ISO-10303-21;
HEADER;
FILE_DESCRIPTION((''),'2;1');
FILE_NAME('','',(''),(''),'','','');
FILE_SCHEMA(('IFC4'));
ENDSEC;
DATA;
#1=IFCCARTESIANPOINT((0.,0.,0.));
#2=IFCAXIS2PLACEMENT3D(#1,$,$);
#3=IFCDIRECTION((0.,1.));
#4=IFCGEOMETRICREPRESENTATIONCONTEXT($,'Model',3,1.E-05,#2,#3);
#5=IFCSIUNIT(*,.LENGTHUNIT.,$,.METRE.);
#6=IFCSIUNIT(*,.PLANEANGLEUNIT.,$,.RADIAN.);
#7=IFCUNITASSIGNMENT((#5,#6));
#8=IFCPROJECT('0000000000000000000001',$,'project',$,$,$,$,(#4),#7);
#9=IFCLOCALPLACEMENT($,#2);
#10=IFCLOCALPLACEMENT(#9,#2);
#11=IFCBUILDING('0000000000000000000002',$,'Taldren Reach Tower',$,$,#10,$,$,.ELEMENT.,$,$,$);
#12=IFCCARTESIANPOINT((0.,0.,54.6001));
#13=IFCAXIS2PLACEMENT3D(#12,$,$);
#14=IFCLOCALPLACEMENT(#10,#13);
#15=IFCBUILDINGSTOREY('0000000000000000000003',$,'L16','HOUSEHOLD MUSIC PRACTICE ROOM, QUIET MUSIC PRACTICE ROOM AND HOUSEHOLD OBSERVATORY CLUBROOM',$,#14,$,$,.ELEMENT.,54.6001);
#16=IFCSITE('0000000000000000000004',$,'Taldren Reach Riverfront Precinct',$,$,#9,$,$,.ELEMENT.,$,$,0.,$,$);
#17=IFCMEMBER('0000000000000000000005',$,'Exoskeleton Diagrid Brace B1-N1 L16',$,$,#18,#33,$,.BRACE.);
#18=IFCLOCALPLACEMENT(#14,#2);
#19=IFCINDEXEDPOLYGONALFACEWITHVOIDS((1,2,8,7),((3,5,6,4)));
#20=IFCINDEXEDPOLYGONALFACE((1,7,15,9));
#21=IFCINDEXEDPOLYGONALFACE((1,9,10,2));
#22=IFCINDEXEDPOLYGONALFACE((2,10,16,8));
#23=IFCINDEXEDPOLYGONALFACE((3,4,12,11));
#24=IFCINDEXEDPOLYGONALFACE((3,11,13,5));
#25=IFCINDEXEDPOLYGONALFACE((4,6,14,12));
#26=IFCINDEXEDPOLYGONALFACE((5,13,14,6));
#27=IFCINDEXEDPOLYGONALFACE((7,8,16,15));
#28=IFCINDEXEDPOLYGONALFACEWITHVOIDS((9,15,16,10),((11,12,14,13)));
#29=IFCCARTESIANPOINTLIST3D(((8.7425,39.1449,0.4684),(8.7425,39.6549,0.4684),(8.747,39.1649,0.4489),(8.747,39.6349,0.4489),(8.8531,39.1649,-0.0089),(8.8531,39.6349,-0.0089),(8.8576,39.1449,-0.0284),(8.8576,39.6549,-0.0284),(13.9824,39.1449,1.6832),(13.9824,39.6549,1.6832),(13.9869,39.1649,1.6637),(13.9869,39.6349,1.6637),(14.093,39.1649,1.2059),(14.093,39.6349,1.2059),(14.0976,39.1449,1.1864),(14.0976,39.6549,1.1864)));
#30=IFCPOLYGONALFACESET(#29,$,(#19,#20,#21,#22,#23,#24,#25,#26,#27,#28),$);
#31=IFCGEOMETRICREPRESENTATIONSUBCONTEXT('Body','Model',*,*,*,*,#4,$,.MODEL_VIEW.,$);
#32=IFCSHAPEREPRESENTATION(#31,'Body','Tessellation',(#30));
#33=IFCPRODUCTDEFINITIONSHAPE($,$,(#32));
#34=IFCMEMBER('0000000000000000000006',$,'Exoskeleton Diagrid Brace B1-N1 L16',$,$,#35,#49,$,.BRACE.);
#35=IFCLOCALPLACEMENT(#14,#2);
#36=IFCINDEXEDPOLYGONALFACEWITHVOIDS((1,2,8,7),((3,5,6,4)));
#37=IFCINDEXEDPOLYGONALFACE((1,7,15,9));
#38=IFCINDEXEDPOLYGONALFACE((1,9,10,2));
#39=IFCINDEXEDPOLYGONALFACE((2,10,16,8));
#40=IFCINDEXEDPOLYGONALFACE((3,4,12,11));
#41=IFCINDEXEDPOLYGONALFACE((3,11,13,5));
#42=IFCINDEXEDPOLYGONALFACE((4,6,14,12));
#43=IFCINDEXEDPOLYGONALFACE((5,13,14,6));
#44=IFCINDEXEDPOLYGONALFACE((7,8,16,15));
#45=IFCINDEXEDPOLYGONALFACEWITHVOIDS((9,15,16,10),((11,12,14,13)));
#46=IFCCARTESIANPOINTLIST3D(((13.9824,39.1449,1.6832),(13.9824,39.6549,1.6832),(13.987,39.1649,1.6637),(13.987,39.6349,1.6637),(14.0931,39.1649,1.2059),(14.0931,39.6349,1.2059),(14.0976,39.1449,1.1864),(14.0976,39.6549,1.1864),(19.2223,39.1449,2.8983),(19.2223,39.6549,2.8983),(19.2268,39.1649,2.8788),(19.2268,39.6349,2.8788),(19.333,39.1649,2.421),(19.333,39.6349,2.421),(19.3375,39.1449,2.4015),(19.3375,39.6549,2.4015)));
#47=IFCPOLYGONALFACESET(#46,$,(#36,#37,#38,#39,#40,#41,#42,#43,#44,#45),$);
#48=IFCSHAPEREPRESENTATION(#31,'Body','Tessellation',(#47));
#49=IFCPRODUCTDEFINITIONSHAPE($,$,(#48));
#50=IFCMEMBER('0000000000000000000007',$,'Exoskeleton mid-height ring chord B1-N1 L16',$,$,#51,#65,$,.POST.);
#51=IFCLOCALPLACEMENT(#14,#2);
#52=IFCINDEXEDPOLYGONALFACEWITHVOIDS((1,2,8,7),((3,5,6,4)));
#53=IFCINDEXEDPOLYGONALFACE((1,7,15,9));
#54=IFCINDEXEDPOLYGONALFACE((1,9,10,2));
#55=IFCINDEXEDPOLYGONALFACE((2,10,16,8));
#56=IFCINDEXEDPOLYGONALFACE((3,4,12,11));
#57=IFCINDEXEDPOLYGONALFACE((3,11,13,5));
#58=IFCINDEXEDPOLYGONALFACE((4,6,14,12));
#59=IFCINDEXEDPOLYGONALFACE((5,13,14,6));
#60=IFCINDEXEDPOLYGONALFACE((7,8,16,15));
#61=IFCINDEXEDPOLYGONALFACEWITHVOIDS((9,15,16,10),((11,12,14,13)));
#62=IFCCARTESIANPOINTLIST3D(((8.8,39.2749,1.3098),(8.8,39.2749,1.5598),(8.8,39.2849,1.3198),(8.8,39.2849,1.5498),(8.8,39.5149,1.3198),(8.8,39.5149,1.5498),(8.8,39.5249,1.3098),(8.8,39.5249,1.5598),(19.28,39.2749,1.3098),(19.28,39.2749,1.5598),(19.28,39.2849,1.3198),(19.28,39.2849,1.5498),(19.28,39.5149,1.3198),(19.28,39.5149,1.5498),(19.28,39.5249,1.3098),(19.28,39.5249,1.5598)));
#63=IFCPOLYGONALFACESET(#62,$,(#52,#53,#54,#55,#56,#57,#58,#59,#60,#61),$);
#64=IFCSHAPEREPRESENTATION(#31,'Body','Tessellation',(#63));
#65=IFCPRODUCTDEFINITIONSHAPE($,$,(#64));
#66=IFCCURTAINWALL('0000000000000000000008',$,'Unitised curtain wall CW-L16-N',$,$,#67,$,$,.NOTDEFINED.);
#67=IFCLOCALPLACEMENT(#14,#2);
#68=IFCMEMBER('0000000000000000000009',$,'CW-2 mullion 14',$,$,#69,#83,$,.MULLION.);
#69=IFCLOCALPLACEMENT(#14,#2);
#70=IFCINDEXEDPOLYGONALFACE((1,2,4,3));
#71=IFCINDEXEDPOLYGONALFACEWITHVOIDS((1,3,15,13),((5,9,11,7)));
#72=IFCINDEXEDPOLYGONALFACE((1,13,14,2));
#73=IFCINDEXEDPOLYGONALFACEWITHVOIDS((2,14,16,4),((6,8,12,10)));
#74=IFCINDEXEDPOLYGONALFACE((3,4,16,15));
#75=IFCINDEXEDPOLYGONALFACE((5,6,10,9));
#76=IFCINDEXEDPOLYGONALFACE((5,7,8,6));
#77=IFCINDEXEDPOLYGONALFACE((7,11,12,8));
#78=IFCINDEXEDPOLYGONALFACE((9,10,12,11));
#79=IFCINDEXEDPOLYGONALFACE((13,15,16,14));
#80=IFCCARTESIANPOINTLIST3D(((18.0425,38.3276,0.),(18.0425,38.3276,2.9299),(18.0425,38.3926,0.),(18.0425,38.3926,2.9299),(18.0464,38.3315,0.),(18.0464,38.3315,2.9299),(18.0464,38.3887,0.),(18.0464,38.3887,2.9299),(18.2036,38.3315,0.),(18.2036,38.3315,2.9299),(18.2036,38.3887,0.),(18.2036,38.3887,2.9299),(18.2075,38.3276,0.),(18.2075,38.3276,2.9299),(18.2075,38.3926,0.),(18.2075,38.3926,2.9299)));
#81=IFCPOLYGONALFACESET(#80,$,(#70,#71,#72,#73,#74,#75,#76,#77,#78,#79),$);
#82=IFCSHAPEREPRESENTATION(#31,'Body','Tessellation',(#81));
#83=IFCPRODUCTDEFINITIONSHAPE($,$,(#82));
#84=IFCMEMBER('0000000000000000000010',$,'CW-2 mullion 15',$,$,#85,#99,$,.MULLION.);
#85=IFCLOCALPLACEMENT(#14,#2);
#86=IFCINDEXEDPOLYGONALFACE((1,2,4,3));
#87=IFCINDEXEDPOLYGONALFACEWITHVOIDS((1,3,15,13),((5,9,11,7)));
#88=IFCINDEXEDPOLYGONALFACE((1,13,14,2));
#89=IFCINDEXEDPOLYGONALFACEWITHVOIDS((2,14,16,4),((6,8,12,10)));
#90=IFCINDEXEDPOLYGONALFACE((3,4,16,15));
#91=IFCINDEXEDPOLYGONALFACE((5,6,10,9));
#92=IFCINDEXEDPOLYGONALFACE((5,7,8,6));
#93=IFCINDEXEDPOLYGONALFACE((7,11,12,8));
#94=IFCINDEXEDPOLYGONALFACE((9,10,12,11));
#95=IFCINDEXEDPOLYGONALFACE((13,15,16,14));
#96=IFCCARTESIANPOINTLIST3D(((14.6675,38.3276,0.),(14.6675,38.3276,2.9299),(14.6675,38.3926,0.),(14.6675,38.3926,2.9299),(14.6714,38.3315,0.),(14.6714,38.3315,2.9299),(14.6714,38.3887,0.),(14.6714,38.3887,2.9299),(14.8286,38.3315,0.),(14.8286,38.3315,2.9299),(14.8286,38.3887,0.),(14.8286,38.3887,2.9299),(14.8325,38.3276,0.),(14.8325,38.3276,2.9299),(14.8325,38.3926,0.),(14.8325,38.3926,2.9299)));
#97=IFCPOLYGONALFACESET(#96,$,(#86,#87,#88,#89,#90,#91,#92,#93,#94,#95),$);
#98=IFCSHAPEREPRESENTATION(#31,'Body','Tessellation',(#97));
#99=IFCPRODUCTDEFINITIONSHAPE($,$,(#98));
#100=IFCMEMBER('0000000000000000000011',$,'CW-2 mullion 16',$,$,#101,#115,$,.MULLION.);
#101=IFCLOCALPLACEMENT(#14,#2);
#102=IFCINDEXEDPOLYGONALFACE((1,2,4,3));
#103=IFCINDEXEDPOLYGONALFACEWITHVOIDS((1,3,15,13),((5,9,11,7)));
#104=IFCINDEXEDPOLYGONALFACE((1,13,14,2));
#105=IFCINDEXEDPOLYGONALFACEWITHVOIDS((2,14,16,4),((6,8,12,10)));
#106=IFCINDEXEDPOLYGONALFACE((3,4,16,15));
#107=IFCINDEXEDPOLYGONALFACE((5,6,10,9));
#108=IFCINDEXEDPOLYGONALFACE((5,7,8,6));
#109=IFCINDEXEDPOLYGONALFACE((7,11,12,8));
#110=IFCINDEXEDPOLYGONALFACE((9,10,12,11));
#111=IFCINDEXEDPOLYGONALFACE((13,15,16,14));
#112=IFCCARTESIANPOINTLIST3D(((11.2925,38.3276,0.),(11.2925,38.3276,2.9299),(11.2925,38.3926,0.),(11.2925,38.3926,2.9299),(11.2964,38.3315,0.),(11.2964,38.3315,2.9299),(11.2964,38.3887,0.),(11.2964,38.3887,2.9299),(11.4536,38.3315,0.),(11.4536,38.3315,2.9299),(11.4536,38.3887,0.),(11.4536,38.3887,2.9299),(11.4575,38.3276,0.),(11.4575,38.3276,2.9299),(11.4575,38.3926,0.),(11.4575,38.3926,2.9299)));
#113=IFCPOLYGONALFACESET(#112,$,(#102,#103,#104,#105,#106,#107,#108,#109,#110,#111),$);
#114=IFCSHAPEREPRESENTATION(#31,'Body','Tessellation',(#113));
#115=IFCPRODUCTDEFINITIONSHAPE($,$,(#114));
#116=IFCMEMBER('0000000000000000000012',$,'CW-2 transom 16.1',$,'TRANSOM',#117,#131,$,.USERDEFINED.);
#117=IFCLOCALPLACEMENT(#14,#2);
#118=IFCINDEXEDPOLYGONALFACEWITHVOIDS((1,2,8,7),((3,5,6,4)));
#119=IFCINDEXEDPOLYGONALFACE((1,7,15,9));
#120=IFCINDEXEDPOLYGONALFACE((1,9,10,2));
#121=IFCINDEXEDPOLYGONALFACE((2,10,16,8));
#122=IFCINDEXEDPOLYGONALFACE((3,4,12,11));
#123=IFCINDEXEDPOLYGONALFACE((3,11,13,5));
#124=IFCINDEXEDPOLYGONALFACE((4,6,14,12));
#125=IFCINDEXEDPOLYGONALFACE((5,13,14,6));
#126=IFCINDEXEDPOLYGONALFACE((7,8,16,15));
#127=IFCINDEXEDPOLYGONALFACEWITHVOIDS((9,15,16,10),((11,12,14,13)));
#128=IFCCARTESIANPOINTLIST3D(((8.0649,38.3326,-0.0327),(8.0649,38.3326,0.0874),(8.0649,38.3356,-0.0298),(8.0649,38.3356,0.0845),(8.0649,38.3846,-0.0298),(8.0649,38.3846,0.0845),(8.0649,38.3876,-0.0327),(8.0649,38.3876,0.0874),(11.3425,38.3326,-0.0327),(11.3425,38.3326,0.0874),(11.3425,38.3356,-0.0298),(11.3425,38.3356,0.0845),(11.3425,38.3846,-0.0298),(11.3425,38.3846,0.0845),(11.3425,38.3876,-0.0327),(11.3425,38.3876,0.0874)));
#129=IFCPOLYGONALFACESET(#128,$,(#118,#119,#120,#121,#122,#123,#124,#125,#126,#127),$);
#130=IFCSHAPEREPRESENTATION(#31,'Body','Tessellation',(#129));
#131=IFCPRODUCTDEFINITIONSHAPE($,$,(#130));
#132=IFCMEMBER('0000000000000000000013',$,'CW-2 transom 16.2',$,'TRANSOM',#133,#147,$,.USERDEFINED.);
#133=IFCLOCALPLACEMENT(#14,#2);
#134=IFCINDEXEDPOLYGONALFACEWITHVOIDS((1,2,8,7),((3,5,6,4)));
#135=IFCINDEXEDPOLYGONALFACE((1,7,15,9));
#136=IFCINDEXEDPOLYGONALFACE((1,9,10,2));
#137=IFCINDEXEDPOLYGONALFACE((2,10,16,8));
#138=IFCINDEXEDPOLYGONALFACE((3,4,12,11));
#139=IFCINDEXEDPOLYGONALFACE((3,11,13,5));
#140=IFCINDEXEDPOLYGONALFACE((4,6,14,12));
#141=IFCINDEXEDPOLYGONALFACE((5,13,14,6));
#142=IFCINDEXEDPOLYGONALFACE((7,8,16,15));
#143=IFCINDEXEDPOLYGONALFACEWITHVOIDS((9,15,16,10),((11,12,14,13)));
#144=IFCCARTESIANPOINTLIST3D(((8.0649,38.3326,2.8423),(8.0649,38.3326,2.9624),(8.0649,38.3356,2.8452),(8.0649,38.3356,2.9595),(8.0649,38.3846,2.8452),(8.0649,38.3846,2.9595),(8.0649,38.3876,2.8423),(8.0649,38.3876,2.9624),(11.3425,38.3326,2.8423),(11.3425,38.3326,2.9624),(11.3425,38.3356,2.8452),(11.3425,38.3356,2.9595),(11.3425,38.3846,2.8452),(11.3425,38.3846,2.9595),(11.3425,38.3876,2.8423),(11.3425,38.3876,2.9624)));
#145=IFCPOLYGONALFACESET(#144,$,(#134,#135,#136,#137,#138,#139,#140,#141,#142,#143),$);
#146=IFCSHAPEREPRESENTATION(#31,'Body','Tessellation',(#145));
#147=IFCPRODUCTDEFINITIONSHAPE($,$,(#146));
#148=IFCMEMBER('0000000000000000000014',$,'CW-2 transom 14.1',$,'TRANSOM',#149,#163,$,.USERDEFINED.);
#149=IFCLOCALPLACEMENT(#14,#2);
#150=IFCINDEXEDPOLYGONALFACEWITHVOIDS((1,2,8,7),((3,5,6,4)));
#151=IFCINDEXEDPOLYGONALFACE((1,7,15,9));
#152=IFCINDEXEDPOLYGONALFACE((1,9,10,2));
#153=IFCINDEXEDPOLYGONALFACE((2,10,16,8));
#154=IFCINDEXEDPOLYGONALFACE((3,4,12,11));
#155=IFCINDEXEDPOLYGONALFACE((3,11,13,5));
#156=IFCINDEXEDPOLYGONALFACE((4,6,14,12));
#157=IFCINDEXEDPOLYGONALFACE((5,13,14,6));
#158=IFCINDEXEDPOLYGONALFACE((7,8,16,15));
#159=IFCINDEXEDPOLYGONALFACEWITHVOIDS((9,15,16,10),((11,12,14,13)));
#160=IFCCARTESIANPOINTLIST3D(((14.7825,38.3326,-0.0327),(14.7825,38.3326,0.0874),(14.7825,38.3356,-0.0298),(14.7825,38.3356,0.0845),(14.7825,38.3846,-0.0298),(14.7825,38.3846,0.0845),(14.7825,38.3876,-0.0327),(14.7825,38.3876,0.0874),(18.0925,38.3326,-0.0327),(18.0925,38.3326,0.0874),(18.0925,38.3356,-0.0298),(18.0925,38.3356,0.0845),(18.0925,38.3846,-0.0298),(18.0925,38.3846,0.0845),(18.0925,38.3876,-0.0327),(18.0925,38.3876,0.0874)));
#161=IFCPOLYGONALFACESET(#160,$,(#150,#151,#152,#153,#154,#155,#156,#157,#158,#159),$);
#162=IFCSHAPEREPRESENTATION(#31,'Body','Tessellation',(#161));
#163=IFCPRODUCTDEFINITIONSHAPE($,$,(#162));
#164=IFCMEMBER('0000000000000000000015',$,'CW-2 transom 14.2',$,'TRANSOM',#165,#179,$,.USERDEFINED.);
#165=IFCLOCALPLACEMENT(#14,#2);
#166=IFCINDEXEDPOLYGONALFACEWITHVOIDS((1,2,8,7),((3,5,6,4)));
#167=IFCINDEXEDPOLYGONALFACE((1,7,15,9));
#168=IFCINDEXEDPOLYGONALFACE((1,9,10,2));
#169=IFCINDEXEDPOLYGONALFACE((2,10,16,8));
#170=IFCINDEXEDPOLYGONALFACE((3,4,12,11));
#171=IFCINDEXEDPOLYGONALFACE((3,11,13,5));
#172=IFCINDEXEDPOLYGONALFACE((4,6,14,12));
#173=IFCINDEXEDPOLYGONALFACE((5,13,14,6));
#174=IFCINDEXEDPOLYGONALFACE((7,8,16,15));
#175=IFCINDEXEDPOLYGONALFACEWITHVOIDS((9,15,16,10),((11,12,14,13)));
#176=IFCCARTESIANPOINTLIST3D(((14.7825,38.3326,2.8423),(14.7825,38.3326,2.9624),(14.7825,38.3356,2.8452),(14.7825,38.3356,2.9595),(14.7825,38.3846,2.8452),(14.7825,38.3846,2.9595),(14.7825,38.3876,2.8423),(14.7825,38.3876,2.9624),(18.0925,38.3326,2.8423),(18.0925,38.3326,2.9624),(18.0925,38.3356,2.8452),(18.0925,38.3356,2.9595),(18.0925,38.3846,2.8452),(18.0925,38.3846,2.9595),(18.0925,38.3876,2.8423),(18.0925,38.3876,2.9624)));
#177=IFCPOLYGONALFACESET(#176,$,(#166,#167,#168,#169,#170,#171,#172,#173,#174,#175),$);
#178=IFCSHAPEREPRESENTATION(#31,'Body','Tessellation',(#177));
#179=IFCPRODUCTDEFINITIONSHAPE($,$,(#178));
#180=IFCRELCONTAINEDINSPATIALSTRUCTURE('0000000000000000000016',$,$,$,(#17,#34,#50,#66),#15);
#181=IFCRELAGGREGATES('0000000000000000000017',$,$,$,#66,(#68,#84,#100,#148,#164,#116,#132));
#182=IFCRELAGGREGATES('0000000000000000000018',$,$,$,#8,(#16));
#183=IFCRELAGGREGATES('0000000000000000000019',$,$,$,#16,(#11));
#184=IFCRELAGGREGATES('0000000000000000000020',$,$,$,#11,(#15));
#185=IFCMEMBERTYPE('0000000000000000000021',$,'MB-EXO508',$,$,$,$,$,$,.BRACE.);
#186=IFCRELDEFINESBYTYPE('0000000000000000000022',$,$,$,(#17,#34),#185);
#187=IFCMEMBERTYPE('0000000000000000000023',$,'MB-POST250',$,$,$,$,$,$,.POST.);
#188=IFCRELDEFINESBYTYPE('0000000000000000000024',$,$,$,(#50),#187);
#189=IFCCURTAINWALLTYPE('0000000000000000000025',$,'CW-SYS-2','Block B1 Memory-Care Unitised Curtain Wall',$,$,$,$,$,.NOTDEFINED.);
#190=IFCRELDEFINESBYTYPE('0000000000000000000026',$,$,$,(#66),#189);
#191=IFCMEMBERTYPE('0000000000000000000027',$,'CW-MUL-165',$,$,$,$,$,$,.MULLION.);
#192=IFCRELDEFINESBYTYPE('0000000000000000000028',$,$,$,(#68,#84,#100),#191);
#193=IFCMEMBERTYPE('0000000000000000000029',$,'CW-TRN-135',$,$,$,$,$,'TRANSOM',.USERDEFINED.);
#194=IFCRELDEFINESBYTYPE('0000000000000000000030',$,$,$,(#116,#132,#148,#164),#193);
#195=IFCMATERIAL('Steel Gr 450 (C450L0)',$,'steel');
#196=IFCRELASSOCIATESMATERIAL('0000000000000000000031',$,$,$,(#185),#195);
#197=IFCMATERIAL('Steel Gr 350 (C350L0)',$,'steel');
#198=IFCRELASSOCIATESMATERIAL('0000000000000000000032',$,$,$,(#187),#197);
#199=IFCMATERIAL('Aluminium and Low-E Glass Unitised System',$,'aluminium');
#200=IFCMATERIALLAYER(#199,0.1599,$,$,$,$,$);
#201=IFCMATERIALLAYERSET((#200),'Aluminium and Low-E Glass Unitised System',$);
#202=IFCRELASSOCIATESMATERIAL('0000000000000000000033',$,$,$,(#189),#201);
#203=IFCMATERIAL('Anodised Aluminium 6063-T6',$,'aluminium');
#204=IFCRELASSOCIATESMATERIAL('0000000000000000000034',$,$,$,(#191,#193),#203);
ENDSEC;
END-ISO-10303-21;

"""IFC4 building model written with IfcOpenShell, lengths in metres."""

from ifc_helpers import new_model, si_unit, direction, frame, origin, origin_2d, place, context, subcontext, project, spatial, hollow_rectangle, extrude, source, transform, mapped, material, layer, layer_set, material_profile, profile_set, type_object, element, aggregate, save


model = new_model("IFC4")

# Units and contexts
model_context = context("Model", 3, precision=1e-05, world=origin(), true_north=direction((0.0, 1.0)))
body_context = subcontext(model_context, "Body", "Model", "MODEL_VIEW")
ifc_project = project(units=[si_unit("LENGTHUNIT", "METRE"), si_unit("PLANEANGLEUNIT", "RADIAN")], contexts=[model_context])

# Site, building, storey
site_placement = place(None, origin())
site = spatial("IfcSite", under=ifc_project, at=site_placement, Name="Taldren Reach Riverfront Precinct", CompositionType="ELEMENT", RefElevation=0.0)
building_placement = place(site_placement, origin())
building = spatial("IfcBuilding", under=site, at=building_placement, Name="Taldren Reach Tower", CompositionType="ELEMENT")
storey_placement = place(building_placement, frame((0.0, 0.0, 54.6001)))
storey = spatial("IfcBuildingStorey", under=building, at=storey_placement, Name="L16", Description="HOUSEHOLD MUSIC PRACTICE ROOM, QUIET MUSIC PRACTICE ROOM AND HOUSEHOLD OBSERVATORY CLUBROOM", CompositionType="ELEMENT", Elevation=54.6001)

# Members
ifc_material_1 = material(Name="Steel Gr 450 (C450L0)", Category="steel")
ifc_material_profile_1 = material_profile(ifc_material_1, hollow_rectangle(XDim=0.51, YDim=0.51, WallThickness=0.02, at=origin_2d()), Name="510x510x20.0SHS")
ifc_profile_set_1 = profile_set([ifc_material_profile_1], Name="Steel Gr 450 (C450L0)")
member_type_1 = type_object("IfcMemberType", Name="MB-EXO508", PredefinedType="BRACE", material=ifc_profile_set_1)
shared_shape_1 = source(origin(), body_context, "Body", "SweptSolid", [
    extrude(hollow_rectangle(XDim=0.51, YDim=0.51, WallThickness=0.02, at=origin_2d()), origin(), (0.0, 0.0, 1.0), 5.3789),
])
for number, where, z_axis, x_axis, name in (
    (1, (8.8, 39.3999, 0.22), (0.974162, 0.0, 0.225851), (0.0, 1.0, 0.0), "Exoskeleton Diagrid Brace B1-N1 L16"),
    (2, (14.04, 39.3999, 1.4348), (0.974152, 0.0, 0.225894), (0.0, 1.0, 0.0), "Exoskeleton Diagrid Brace B1-N1 L16"),
):
    element("IfcMember", number, at=place(storey_placement, frame(where, z_axis=z_axis, x_axis=x_axis)), inside=storey, type_object=member_type_1, Name=name, PredefinedType="BRACE", context=body_context, shape_type="MappedRepresentation", body=[
        mapped(shared_shape_1, transform((0.0, 0.0, 0.0), scale=1.0)),
    ])
ifc_material_2 = material(Name="Steel Gr 350 (C350L0)", Category="steel")
ifc_material_profile_2 = material_profile(ifc_material_2, hollow_rectangle(XDim=0.25, YDim=0.25, WallThickness=0.01, at=origin_2d()), Name="250x250x10.0SHS")
ifc_profile_set_2 = profile_set([ifc_material_profile_2], Name="Steel Gr 350 (C350L0)")
member_type_2 = type_object("IfcMemberType", Name="MB-POST250", PredefinedType="POST", material=ifc_profile_set_2)
shared_shape_2 = source(origin(), body_context, "Body", "SweptSolid", [
    extrude(hollow_rectangle(XDim=0.25, YDim=0.25, WallThickness=0.01, at=origin_2d()), origin(), (0.0, 0.0, 1.0), 10.48),
])
member_1_placement = place(storey_placement, frame((8.8, 39.3999, 1.4348), z_axis=(1.0, 0.0, 0.0), x_axis=(0.0, 1.0, 0.0)))
element("IfcMember", 3, at=member_1_placement, inside=storey, type_object=member_type_2, Name="Exoskeleton mid-height ring chord B1-N1 L16", PredefinedType="POST", context=body_context, shape_type="MappedRepresentation", body=[
    mapped(shared_shape_2, transform((0.0, 0.0, 0.0), scale=1.0)),
])

# Curtain wall, members
ifc_material_3 = material(Name="Aluminium and Low-E Glass Unitised System", Category="aluminium")
ifc_layer_1 = layer(ifc_material_3, 0.1599)
ifc_layer_set_1 = layer_set([ifc_layer_1], Name="Aluminium and Low-E Glass Unitised System")
curtain_wall_type = type_object("IfcCurtainWallType", Name="CW-SYS-2", Description="Block B1 Memory-Care Unitised Curtain Wall", PredefinedType="NOTDEFINED", material=ifc_layer_set_1)
curtain_wall_placement = place(storey_placement, origin())
curtain_wall = element("IfcCurtainWall", 4, at=curtain_wall_placement, inside=storey, type_object=curtain_wall_type, Name="Unitised curtain wall CW-L16-N", PredefinedType="NOTDEFINED")
ifc_material_4 = material(Name="Anodised Aluminium 6063-T6", Category="aluminium")
ifc_material_profile_3 = material_profile(ifc_material_4, hollow_rectangle(XDim=0.0649, YDim=0.165, WallThickness=0.0039, at=origin_2d()), Name="ALU-165x65x4RHS")
ifc_profile_set_3 = profile_set([ifc_material_profile_3], Name="Anodised Aluminium 6063-T6")
member_type_3 = type_object("IfcMemberType", Name="CW-MUL-165", PredefinedType="MULLION", material=ifc_profile_set_3)
shared_shape_3 = source(origin(), body_context, "Body", "SweptSolid", [
    extrude(hollow_rectangle(XDim=0.0649, YDim=0.165, WallThickness=0.0039, at=origin_2d()), origin(), (0.0, 0.0, 1.0), 2.9299),
])
member_2_placement = place(storey_placement, frame((18.125, 38.3601, 0.0), z_axis=(0.0, 0.0, 1.0), x_axis=(0.0, -1.0, 0.0)))
member_2 = element("IfcMember", 5, at=member_2_placement, type_object=member_type_3, Name="CW-2 mullion 14", PredefinedType="MULLION", context=body_context, shape_type="MappedRepresentation", body=[
    mapped(shared_shape_3, transform((0.0, 0.0, 0.0), scale=1.0)),
])
member_3_placement = place(storey_placement, frame((14.75, 38.3601, 0.0), z_axis=(0.0, 0.0, 1.0), x_axis=(0.0, -1.0, 0.0)))
member_3 = element("IfcMember", 6, at=member_3_placement, type_object=member_type_3, Name="CW-2 mullion 15", PredefinedType="MULLION", context=body_context, shape_type="MappedRepresentation", body=[
    mapped(shared_shape_3, transform((0.0, 0.0, 0.0), scale=1.0)),
])
member_4_placement = place(storey_placement, frame((11.375, 38.3601, 0.0), z_axis=(0.0, 0.0, 1.0), x_axis=(0.0, -1.0, 0.0)))
member_4 = element("IfcMember", 7, at=member_4_placement, type_object=member_type_3, Name="CW-2 mullion 16", PredefinedType="MULLION", context=body_context, shape_type="MappedRepresentation", body=[
    mapped(shared_shape_3, transform((0.0, 0.0, 0.0), scale=1.0)),
])
ifc_material_profile_4 = material_profile(ifc_material_4, hollow_rectangle(XDim=0.0549, YDim=0.1201, WallThickness=0.0029, at=origin_2d()), Name="ALU-120x55x3RHS")
ifc_profile_set_4 = profile_set([ifc_material_profile_4], Name="Anodised Aluminium 6063-T6")
member_type_4 = type_object("IfcMemberType", Name="CW-TRN-135", ElementType="TRANSOM", PredefinedType="USERDEFINED", material=ifc_profile_set_4)
shared_shape_4 = source(origin(), body_context, "Body", "SweptSolid", [
    extrude(hollow_rectangle(XDim=0.0549, YDim=0.1201, WallThickness=0.0029, at=origin_2d()), origin(), (0.0, 0.0, 1.0), 3.2776),
])
member_5_placement = place(storey_placement, frame((11.3425, 38.3601, 0.0273), z_axis=(-1.0, 0.0, 0.0), x_axis=(0.0, -1.0, 0.0)))
member_5 = element("IfcMember", 8, at=member_5_placement, type_object=member_type_4, Name="CW-2 transom 16.1", ObjectType="TRANSOM", PredefinedType="USERDEFINED", context=body_context, shape_type="MappedRepresentation", body=[
    mapped(shared_shape_4, transform((0.0, 0.0, 0.0), scale=1.0)),
])
member_6_placement = place(storey_placement, frame((11.3425, 38.3601, 2.9023), z_axis=(-1.0, 0.0, 0.0), x_axis=(0.0, -1.0, 0.0)))
member_6 = element("IfcMember", 9, at=member_6_placement, type_object=member_type_4, Name="CW-2 transom 16.2", ObjectType="TRANSOM", PredefinedType="USERDEFINED", context=body_context, shape_type="MappedRepresentation", body=[
    mapped(shared_shape_4, transform((0.0, 0.0, 0.0), scale=1.0)),
])
shared_shape_5 = source(origin(), body_context, "Body", "SweptSolid", [
    extrude(hollow_rectangle(XDim=0.0549, YDim=0.1201, WallThickness=0.0029, at=origin_2d()), origin(), (0.0, 0.0, 1.0), 3.3101),
])
member_7_placement = place(storey_placement, frame((18.0925, 38.3601, 0.0273), z_axis=(-1.0, 0.0, 0.0), x_axis=(0.0, -1.0, 0.0)))
member_7 = element("IfcMember", 10, at=member_7_placement, type_object=member_type_4, Name="CW-2 transom 14.1", ObjectType="TRANSOM", PredefinedType="USERDEFINED", context=body_context, shape_type="MappedRepresentation", body=[
    mapped(shared_shape_5, transform((0.0, 0.0, 0.0), scale=1.0)),
])
member_8_placement = place(storey_placement, frame((18.0925, 38.3601, 2.9023), z_axis=(-1.0, 0.0, 0.0), x_axis=(0.0, -1.0, 0.0)))
member_8 = element("IfcMember", 11, at=member_8_placement, type_object=member_type_4, Name="CW-2 transom 14.2", ObjectType="TRANSOM", PredefinedType="USERDEFINED", context=body_context, shape_type="MappedRepresentation", body=[
    mapped(shared_shape_5, transform((0.0, 0.0, 0.0), scale=1.0)),
])
aggregate(curtain_wall, [member_2, member_3, member_4, member_7, member_8, member_5, member_6])

save(model, "model.ifc")
